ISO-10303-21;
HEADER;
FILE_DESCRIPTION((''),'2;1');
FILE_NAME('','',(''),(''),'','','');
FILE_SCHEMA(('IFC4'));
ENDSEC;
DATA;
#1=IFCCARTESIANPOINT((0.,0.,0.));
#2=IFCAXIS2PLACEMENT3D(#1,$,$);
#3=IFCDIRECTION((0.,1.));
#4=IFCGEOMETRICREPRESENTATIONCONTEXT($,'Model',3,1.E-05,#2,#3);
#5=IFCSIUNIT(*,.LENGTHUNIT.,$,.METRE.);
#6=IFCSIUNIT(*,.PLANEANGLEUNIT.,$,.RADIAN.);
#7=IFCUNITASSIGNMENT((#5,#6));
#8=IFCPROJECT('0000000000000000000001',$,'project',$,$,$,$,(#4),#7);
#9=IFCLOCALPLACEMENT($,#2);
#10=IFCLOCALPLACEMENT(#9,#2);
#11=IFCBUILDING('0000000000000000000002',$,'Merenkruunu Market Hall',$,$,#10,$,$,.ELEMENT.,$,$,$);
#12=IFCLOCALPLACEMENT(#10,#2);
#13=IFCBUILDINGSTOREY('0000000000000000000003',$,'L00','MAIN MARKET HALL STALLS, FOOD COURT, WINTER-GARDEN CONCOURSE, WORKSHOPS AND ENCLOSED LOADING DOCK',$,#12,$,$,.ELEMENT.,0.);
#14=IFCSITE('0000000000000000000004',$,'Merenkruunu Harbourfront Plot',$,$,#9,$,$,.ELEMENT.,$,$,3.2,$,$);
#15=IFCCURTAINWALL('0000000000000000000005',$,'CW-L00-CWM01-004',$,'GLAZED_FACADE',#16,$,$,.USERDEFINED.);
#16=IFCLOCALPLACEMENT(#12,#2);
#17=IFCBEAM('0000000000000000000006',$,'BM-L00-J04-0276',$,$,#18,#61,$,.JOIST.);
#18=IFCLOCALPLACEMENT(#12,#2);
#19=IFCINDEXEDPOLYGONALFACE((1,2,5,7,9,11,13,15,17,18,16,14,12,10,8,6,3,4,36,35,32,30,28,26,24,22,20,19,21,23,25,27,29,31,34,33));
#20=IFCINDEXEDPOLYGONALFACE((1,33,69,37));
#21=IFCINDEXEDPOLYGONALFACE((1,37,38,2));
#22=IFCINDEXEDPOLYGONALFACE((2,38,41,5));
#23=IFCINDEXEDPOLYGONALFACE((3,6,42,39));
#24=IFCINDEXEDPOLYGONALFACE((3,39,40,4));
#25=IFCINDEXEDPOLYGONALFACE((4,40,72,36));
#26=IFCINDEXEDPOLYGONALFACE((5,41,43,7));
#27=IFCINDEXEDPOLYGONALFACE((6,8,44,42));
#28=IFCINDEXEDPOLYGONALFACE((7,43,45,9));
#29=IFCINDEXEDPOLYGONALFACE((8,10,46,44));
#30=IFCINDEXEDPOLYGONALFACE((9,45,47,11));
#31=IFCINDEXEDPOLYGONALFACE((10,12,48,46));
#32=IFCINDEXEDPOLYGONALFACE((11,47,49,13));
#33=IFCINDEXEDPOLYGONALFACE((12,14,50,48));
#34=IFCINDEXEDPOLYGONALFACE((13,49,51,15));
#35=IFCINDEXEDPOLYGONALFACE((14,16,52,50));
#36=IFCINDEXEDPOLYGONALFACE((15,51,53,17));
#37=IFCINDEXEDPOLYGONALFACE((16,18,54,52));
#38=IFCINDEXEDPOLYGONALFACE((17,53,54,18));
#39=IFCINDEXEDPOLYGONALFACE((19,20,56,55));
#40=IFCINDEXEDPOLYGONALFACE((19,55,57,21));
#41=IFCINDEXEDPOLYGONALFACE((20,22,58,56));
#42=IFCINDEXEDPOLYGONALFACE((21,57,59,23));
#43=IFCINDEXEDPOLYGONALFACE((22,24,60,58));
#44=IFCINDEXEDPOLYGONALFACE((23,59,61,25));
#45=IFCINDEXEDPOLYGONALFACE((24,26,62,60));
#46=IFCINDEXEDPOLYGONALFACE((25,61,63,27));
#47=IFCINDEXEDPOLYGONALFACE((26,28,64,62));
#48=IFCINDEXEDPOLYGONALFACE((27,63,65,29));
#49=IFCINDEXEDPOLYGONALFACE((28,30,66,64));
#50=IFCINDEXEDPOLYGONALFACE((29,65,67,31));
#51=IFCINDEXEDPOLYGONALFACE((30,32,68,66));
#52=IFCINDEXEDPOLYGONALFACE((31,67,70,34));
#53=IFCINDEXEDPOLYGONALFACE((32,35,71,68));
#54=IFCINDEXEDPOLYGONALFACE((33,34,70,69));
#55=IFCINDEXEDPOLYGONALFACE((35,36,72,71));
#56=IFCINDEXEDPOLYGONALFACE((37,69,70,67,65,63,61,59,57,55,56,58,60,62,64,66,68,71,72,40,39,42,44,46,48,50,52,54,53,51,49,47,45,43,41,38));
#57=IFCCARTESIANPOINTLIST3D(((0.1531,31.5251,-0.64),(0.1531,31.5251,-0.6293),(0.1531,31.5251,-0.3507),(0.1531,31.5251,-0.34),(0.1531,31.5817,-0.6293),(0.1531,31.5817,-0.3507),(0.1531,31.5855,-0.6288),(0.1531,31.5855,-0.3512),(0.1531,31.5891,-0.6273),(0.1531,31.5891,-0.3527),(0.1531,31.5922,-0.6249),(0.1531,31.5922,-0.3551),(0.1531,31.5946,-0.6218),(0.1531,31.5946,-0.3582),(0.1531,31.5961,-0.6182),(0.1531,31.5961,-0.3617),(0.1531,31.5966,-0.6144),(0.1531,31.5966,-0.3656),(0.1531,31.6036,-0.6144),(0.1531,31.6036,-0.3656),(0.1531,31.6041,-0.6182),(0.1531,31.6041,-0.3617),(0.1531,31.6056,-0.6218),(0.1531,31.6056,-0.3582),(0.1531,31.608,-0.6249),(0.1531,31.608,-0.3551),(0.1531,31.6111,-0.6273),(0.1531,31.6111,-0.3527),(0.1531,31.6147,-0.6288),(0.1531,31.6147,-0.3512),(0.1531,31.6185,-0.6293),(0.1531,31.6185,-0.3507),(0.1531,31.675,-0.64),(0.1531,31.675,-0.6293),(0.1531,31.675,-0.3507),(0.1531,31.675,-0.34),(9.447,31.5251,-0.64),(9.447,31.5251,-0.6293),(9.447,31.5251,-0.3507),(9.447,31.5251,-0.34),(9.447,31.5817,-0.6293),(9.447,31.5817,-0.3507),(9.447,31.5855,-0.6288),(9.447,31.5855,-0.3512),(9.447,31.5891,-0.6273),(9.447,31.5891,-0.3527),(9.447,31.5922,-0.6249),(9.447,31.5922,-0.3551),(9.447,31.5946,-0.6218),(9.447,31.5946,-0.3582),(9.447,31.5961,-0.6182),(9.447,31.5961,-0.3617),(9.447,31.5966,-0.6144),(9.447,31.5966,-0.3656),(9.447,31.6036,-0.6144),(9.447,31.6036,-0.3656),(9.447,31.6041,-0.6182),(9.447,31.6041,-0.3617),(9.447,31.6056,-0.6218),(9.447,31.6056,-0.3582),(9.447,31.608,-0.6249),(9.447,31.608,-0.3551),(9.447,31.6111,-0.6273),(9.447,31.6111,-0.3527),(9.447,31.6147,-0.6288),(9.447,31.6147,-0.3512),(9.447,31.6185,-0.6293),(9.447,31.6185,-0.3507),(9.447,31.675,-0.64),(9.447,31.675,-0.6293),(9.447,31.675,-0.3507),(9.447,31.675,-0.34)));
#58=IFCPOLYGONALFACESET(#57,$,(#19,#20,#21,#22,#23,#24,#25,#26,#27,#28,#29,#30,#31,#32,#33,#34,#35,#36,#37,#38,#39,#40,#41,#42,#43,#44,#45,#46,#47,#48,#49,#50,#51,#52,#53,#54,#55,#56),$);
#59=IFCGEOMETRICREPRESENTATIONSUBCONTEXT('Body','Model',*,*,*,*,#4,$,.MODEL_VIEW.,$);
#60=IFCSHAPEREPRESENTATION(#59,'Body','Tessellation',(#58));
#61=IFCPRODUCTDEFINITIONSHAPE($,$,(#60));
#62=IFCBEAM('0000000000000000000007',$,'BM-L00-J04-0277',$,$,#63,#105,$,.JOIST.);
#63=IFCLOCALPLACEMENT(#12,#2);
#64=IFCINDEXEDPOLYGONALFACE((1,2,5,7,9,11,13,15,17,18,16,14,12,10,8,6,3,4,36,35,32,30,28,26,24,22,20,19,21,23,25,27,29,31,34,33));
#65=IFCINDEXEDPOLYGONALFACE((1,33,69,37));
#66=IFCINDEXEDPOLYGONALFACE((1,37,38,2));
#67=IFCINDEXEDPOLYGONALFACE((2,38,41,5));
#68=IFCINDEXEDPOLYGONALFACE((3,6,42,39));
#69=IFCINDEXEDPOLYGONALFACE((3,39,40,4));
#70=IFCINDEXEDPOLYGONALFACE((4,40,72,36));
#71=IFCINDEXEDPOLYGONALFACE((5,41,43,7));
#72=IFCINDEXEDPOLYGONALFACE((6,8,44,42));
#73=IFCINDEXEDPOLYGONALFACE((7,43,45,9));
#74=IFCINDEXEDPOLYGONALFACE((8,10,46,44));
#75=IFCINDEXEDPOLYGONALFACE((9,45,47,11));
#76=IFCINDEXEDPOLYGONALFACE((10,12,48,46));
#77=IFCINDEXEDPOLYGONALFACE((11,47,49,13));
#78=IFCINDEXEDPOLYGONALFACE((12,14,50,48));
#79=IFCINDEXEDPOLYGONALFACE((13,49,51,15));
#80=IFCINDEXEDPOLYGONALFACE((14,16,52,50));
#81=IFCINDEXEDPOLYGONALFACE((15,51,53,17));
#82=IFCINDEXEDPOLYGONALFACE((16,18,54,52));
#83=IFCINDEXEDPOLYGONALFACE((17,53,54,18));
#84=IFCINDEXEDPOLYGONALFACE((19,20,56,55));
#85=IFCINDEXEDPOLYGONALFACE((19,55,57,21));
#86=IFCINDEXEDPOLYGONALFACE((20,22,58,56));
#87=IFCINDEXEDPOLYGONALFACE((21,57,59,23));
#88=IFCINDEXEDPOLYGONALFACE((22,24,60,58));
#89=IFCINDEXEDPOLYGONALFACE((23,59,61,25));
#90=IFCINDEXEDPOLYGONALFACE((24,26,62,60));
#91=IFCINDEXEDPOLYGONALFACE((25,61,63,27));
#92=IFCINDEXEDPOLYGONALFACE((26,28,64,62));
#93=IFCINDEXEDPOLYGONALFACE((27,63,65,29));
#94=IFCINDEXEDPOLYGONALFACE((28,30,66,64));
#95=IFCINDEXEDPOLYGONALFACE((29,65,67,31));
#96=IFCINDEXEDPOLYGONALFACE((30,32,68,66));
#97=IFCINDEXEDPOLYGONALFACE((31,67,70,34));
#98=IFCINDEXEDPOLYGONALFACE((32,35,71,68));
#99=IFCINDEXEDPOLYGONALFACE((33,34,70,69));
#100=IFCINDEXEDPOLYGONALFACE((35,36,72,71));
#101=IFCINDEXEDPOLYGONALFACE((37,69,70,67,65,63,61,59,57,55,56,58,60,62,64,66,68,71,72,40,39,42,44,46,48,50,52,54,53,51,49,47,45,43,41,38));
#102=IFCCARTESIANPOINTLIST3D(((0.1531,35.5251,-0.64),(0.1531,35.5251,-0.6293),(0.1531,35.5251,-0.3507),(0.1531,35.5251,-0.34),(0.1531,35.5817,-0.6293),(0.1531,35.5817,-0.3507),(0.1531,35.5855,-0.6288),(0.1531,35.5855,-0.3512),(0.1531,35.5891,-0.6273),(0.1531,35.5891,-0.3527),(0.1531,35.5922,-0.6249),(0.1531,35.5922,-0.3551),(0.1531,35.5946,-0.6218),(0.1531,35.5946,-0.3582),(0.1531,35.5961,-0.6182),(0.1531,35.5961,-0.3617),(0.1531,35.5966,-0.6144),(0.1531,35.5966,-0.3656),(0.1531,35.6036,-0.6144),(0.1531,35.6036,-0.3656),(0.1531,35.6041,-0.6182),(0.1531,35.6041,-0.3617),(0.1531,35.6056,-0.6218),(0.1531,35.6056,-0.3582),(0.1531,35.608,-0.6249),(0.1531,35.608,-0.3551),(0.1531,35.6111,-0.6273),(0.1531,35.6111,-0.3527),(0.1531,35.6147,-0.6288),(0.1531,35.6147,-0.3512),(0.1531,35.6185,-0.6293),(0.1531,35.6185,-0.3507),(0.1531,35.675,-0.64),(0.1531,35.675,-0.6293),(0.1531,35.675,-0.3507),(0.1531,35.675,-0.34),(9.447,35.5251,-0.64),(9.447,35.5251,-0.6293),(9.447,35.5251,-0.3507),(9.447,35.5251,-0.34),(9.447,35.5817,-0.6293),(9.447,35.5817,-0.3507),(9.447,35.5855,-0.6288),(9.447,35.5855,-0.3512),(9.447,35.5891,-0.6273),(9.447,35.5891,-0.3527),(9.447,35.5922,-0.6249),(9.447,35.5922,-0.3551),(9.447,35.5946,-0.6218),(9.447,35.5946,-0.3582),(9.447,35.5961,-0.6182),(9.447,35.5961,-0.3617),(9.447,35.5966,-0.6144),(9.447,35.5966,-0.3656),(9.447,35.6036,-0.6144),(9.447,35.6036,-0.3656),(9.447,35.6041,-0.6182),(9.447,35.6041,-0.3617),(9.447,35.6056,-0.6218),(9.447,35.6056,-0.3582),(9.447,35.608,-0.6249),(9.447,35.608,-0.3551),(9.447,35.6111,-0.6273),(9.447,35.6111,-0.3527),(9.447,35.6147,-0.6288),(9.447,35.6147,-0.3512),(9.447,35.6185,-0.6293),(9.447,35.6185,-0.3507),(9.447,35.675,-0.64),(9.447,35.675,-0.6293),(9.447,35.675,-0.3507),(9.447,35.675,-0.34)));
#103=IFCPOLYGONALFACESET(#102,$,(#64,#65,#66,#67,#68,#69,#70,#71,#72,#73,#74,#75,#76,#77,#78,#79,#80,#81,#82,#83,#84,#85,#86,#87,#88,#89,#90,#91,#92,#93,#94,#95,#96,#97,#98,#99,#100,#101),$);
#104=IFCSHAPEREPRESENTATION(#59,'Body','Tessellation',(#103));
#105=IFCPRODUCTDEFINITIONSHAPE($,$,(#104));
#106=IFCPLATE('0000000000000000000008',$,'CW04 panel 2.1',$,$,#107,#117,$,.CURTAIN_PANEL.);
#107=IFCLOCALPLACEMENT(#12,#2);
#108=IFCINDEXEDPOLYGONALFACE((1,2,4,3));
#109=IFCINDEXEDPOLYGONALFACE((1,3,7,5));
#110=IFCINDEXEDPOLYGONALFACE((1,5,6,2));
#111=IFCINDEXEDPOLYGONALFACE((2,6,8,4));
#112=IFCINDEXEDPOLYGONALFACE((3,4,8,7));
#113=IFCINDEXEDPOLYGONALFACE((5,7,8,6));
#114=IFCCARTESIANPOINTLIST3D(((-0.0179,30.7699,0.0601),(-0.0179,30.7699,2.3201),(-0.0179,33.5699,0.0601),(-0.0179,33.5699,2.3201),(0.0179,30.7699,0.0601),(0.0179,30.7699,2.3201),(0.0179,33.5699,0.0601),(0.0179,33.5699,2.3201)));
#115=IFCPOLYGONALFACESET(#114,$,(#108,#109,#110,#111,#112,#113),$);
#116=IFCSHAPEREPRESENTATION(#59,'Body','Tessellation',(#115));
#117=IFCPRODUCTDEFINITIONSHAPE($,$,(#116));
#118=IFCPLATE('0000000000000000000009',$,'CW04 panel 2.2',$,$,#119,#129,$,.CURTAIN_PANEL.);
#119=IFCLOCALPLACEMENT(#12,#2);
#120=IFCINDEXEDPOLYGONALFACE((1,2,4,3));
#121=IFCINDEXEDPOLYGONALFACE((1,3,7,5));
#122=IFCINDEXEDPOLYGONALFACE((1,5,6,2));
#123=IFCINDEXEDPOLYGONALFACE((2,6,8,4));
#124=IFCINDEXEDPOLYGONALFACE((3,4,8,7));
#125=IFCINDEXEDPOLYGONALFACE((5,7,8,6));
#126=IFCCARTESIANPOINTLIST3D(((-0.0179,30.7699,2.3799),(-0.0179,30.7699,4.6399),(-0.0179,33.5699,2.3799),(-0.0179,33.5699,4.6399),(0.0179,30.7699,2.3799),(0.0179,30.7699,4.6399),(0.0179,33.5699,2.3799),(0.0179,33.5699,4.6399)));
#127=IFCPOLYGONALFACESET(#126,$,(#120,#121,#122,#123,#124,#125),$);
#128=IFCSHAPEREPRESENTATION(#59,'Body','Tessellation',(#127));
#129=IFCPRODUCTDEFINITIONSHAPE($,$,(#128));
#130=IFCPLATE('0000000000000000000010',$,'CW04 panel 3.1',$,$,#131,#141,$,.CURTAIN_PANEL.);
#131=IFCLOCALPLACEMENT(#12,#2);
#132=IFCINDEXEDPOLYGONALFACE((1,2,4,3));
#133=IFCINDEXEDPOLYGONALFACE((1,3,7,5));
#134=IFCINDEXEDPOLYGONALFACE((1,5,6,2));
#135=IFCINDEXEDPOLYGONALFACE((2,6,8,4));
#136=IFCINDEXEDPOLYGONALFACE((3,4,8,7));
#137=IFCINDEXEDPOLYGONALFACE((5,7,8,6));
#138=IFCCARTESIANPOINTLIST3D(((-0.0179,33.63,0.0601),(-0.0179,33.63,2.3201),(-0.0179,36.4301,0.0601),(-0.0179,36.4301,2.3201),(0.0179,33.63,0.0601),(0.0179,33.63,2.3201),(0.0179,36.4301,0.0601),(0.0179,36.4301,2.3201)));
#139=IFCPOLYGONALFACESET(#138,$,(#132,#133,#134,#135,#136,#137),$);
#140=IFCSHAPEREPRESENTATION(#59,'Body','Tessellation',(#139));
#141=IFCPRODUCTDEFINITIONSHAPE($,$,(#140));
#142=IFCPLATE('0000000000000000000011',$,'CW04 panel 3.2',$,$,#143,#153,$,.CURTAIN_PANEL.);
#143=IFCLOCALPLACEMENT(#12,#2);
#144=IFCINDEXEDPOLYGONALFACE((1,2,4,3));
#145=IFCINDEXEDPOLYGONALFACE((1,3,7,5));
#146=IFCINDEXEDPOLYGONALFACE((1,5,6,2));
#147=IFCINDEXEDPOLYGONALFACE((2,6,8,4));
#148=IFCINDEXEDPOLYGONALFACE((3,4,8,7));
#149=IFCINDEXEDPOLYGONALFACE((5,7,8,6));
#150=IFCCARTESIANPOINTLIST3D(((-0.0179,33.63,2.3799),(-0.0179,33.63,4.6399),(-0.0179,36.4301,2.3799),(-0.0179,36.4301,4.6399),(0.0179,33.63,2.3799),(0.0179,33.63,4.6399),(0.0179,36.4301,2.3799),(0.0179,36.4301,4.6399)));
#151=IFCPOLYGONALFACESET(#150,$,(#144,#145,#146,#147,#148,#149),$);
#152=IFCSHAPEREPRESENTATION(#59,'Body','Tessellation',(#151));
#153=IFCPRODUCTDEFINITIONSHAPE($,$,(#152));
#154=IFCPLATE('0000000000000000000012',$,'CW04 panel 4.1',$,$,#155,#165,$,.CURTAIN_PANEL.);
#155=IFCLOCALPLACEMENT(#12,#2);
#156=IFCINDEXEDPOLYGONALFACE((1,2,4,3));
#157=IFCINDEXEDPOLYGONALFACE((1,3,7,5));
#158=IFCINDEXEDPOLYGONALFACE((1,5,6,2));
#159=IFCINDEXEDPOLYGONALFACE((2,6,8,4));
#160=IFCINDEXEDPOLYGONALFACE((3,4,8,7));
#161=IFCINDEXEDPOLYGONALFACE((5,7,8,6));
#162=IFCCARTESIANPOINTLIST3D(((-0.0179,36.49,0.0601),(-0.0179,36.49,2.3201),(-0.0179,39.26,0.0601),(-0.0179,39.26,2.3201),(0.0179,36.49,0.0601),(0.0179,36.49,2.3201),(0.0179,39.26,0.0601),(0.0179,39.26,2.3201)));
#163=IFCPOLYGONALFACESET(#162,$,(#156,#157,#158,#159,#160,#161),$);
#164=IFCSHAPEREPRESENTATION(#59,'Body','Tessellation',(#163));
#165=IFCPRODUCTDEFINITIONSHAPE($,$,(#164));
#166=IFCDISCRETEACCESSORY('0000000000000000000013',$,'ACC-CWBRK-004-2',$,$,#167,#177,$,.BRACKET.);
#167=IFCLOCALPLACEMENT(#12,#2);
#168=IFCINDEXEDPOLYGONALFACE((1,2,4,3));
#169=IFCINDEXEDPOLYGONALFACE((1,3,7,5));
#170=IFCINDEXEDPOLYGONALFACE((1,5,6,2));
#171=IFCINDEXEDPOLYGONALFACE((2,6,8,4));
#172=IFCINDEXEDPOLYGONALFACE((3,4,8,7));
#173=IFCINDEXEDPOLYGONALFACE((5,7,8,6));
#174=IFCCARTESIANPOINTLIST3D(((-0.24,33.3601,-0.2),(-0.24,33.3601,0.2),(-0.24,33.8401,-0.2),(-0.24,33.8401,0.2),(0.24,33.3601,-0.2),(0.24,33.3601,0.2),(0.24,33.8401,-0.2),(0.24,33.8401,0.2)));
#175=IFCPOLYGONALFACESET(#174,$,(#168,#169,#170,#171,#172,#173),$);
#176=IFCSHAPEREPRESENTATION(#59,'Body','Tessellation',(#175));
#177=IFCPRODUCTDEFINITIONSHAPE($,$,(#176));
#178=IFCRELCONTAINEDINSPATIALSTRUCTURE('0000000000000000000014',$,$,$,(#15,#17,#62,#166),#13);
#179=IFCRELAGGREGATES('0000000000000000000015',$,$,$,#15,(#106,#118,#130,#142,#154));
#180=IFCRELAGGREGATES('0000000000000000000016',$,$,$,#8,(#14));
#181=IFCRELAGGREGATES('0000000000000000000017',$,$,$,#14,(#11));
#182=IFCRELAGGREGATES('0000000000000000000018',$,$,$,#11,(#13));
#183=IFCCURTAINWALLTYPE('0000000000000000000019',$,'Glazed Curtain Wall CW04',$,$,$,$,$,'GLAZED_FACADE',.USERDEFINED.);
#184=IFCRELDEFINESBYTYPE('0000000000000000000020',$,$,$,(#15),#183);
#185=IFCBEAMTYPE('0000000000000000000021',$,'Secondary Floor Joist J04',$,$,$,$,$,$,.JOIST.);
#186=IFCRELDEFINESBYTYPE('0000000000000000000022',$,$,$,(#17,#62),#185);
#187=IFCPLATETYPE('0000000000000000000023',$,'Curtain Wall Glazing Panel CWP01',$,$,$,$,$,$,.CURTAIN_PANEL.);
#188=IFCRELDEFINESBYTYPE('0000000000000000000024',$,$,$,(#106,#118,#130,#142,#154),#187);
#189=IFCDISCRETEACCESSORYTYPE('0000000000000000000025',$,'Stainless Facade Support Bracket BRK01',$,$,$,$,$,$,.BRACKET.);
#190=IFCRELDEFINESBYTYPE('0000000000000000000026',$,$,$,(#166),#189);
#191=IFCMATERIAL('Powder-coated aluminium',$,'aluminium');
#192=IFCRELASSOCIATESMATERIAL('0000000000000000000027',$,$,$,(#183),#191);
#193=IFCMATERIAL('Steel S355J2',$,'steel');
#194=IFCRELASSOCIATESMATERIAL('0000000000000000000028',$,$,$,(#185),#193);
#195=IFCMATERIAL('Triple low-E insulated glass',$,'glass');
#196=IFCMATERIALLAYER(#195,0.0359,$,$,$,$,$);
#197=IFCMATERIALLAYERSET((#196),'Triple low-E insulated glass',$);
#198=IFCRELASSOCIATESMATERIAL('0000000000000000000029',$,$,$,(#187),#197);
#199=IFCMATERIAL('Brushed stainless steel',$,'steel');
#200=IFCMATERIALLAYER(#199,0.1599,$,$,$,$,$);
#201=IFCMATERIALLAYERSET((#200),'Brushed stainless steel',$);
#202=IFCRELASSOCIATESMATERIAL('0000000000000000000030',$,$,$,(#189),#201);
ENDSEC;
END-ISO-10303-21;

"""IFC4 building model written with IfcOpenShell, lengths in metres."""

from ifc_helpers import new_model, si_unit, direction, frame, origin, origin_2d, place, context, subcontext, project, spatial, rectangle, i_section, extrude, material, layer, layer_set, material_profile, profile_set, type_object, element, aggregate, save


model = new_model("IFC4")

# Units and contexts
model_context = context("Model", 3, precision=1e-05, world=origin(), true_north=direction((0.0, 1.0)))
body_context = subcontext(model_context, "Body", "Model", "MODEL_VIEW")
ifc_project = project(units=[si_unit("LENGTHUNIT", "METRE"), si_unit("PLANEANGLEUNIT", "RADIAN")], contexts=[model_context])

# Site, building, storey
site_placement = place(None, origin())
site = spatial("IfcSite", under=ifc_project, at=site_placement, Name="Merenkruunu Harbourfront Plot", CompositionType="ELEMENT", RefElevation=3.2)
building_placement = place(site_placement, origin())
building = spatial("IfcBuilding", under=site, at=building_placement, Name="Merenkruunu Market Hall", CompositionType="ELEMENT")
storey_placement = place(building_placement, origin())
storey = spatial("IfcBuildingStorey", under=building, at=storey_placement, Name="L00", Description="MAIN MARKET HALL STALLS, FOOD COURT, WINTER-GARDEN CONCOURSE, WORKSHOPS AND ENCLOSED LOADING DOCK", CompositionType="ELEMENT", Elevation=0.0)

# Curtain wall
ifc_material_1 = material(Name="Powder-coated aluminium", Category="aluminium")
curtain_wall_type = type_object("IfcCurtainWallType", Name="Glazed Curtain Wall CW04", ElementType="GLAZED_FACADE", PredefinedType="USERDEFINED", material=ifc_material_1)
curtain_wall_placement = place(storey_placement, origin())
curtain_wall = element("IfcCurtainWall", 1, at=curtain_wall_placement, inside=storey, type_object=curtain_wall_type, Name="CW-L00-CWM01-004", ObjectType="GLAZED_FACADE", PredefinedType="USERDEFINED")

# Beams
ifc_material_2 = material(Name="Steel S355J2", Category="steel")
ifc_material_profile_1 = material_profile(ifc_material_2, i_section(OverallWidth=0.1499, OverallDepth=0.3, WebThickness=0.0071, FlangeThickness=0.0107, FilletRadius=0.0149, at=origin_2d()), Name="IPE 300")
ifc_profile_set_1 = profile_set([ifc_material_profile_1], Name="Steel S355J2")
beam_type = type_object("IfcBeamType", Name="Secondary Floor Joist J04", PredefinedType="JOIST", material=ifc_profile_set_1)
for number, where, z_axis, x_axis, name in (
    (2, (0.1531, 31.6001, -0.49), (1.0, 0.0, 0.0), (0.0, 1.0, 0.0), "BM-L00-J04-0276"),
    (3, (0.1531, 35.6001, -0.49), (1.0, 0.0, 0.0), (0.0, 1.0, 0.0), "BM-L00-J04-0277"),
):
    element("IfcBeam", number, at=place(storey_placement, frame(where, z_axis=z_axis, x_axis=x_axis)), inside=storey, type_object=beam_type, Name=name, PredefinedType="JOIST", context=body_context, shape_type="SweptSolid", body=[
        extrude(i_section(OverallWidth=0.1499, OverallDepth=0.3, WebThickness=0.0071, FlangeThickness=0.0107, FilletRadius=0.0149, at=origin_2d()), origin(), (0.0, 0.0, 1.0), 9.2939),
    ])

# Plates
ifc_material_3 = material(Name="Triple low-E insulated glass", Category="glass")
ifc_layer_1 = layer(ifc_material_3, 0.0359)
ifc_layer_set_1 = layer_set([ifc_layer_1], Name="Triple low-E insulated glass")
plate_type = type_object("IfcPlateType", Name="Curtain Wall Glazing Panel CWP01", PredefinedType="CURTAIN_PANEL", material=ifc_layer_set_1)
plate_1_placement = place(storey_placement, frame((0.0, 32.1699, 0.0601), z_axis=(0.0, 0.0, 1.0), x_axis=(0.0, 1.0, 0.0)))
plate_1 = element("IfcPlate", 4, at=plate_1_placement, type_object=plate_type, Name="CW04 panel 2.1", PredefinedType="CURTAIN_PANEL", context=body_context, shape_type="SweptSolid", body=[
    extrude(rectangle(XDim=2.8, YDim=0.0359, at=origin_2d()), origin(), (0.0, 0.0, 1.0), 2.26),
])
plate_2_placement = place(storey_placement, frame((0.0, 32.1699, 2.3799), z_axis=(0.0, 0.0, 1.0), x_axis=(0.0, 1.0, 0.0)))
plate_2 = element("IfcPlate", 5, at=plate_2_placement, type_object=plate_type, Name="CW04 panel 2.2", PredefinedType="CURTAIN_PANEL", context=body_context, shape_type="SweptSolid", body=[
    extrude(rectangle(XDim=2.8, YDim=0.0359, at=origin_2d()), origin(), (0.0, 0.0, 1.0), 2.26),
])
plate_3_placement = place(storey_placement, frame((0.0, 35.03, 0.0601), z_axis=(0.0, 0.0, 1.0), x_axis=(0.0, 1.0, 0.0)))
plate_3 = element("IfcPlate", 6, at=plate_3_placement, type_object=plate_type, Name="CW04 panel 3.1", PredefinedType="CURTAIN_PANEL", context=body_context, shape_type="SweptSolid", body=[
    extrude(rectangle(XDim=2.8, YDim=0.0359, at=origin_2d()), origin(), (0.0, 0.0, 1.0), 2.26),
])
plate_4_placement = place(storey_placement, frame((0.0, 35.03, 2.3799), z_axis=(0.0, 0.0, 1.0), x_axis=(0.0, 1.0, 0.0)))
plate_4 = element("IfcPlate", 7, at=plate_4_placement, type_object=plate_type, Name="CW04 panel 3.2", PredefinedType="CURTAIN_PANEL", context=body_context, shape_type="SweptSolid", body=[
    extrude(rectangle(XDim=2.8, YDim=0.0359, at=origin_2d()), origin(), (0.0, 0.0, 1.0), 2.26),
])
plate_5_placement = place(storey_placement, frame((0.0, 37.875, 0.0601), z_axis=(0.0, 0.0, 1.0), x_axis=(0.0, 1.0, 0.0)))
plate_5 = element("IfcPlate", 8, at=plate_5_placement, type_object=plate_type, Name="CW04 panel 4.1", PredefinedType="CURTAIN_PANEL", context=body_context, shape_type="SweptSolid", body=[
    extrude(rectangle(XDim=2.77, YDim=0.0359, at=origin_2d()), origin(), (0.0, 0.0, 1.0), 2.26),
])
aggregate(curtain_wall, [plate_1, plate_2, plate_3, plate_4, plate_5])

# Discrete accessory
ifc_material_4 = material(Name="Brushed stainless steel", Category="steel")
ifc_layer_2 = layer(ifc_material_4, 0.1599)
ifc_layer_set_2 = layer_set([ifc_layer_2], Name="Brushed stainless steel")
discrete_accessory_type = type_object("IfcDiscreteAccessoryType", Name="Stainless Facade Support Bracket BRK01", PredefinedType="BRACKET", material=ifc_layer_set_2)
discrete_accessory_placement = place(storey_placement, frame((0.0, 33.6001, -0.2), z_axis=(0.0, 0.0, 1.0), x_axis=(1.0, 0.0, 0.0)))
element("IfcDiscreteAccessory", 9, at=discrete_accessory_placement, inside=storey, type_object=discrete_accessory_type, Name="ACC-CWBRK-004-2", PredefinedType="BRACKET", context=body_context, shape_type="SweptSolid", body=[
    extrude(rectangle(XDim=0.48, YDim=0.48, at=origin_2d()), origin(), (0.0, 0.0, 1.0), 0.3999),
])

save(model, "model.ifc")
